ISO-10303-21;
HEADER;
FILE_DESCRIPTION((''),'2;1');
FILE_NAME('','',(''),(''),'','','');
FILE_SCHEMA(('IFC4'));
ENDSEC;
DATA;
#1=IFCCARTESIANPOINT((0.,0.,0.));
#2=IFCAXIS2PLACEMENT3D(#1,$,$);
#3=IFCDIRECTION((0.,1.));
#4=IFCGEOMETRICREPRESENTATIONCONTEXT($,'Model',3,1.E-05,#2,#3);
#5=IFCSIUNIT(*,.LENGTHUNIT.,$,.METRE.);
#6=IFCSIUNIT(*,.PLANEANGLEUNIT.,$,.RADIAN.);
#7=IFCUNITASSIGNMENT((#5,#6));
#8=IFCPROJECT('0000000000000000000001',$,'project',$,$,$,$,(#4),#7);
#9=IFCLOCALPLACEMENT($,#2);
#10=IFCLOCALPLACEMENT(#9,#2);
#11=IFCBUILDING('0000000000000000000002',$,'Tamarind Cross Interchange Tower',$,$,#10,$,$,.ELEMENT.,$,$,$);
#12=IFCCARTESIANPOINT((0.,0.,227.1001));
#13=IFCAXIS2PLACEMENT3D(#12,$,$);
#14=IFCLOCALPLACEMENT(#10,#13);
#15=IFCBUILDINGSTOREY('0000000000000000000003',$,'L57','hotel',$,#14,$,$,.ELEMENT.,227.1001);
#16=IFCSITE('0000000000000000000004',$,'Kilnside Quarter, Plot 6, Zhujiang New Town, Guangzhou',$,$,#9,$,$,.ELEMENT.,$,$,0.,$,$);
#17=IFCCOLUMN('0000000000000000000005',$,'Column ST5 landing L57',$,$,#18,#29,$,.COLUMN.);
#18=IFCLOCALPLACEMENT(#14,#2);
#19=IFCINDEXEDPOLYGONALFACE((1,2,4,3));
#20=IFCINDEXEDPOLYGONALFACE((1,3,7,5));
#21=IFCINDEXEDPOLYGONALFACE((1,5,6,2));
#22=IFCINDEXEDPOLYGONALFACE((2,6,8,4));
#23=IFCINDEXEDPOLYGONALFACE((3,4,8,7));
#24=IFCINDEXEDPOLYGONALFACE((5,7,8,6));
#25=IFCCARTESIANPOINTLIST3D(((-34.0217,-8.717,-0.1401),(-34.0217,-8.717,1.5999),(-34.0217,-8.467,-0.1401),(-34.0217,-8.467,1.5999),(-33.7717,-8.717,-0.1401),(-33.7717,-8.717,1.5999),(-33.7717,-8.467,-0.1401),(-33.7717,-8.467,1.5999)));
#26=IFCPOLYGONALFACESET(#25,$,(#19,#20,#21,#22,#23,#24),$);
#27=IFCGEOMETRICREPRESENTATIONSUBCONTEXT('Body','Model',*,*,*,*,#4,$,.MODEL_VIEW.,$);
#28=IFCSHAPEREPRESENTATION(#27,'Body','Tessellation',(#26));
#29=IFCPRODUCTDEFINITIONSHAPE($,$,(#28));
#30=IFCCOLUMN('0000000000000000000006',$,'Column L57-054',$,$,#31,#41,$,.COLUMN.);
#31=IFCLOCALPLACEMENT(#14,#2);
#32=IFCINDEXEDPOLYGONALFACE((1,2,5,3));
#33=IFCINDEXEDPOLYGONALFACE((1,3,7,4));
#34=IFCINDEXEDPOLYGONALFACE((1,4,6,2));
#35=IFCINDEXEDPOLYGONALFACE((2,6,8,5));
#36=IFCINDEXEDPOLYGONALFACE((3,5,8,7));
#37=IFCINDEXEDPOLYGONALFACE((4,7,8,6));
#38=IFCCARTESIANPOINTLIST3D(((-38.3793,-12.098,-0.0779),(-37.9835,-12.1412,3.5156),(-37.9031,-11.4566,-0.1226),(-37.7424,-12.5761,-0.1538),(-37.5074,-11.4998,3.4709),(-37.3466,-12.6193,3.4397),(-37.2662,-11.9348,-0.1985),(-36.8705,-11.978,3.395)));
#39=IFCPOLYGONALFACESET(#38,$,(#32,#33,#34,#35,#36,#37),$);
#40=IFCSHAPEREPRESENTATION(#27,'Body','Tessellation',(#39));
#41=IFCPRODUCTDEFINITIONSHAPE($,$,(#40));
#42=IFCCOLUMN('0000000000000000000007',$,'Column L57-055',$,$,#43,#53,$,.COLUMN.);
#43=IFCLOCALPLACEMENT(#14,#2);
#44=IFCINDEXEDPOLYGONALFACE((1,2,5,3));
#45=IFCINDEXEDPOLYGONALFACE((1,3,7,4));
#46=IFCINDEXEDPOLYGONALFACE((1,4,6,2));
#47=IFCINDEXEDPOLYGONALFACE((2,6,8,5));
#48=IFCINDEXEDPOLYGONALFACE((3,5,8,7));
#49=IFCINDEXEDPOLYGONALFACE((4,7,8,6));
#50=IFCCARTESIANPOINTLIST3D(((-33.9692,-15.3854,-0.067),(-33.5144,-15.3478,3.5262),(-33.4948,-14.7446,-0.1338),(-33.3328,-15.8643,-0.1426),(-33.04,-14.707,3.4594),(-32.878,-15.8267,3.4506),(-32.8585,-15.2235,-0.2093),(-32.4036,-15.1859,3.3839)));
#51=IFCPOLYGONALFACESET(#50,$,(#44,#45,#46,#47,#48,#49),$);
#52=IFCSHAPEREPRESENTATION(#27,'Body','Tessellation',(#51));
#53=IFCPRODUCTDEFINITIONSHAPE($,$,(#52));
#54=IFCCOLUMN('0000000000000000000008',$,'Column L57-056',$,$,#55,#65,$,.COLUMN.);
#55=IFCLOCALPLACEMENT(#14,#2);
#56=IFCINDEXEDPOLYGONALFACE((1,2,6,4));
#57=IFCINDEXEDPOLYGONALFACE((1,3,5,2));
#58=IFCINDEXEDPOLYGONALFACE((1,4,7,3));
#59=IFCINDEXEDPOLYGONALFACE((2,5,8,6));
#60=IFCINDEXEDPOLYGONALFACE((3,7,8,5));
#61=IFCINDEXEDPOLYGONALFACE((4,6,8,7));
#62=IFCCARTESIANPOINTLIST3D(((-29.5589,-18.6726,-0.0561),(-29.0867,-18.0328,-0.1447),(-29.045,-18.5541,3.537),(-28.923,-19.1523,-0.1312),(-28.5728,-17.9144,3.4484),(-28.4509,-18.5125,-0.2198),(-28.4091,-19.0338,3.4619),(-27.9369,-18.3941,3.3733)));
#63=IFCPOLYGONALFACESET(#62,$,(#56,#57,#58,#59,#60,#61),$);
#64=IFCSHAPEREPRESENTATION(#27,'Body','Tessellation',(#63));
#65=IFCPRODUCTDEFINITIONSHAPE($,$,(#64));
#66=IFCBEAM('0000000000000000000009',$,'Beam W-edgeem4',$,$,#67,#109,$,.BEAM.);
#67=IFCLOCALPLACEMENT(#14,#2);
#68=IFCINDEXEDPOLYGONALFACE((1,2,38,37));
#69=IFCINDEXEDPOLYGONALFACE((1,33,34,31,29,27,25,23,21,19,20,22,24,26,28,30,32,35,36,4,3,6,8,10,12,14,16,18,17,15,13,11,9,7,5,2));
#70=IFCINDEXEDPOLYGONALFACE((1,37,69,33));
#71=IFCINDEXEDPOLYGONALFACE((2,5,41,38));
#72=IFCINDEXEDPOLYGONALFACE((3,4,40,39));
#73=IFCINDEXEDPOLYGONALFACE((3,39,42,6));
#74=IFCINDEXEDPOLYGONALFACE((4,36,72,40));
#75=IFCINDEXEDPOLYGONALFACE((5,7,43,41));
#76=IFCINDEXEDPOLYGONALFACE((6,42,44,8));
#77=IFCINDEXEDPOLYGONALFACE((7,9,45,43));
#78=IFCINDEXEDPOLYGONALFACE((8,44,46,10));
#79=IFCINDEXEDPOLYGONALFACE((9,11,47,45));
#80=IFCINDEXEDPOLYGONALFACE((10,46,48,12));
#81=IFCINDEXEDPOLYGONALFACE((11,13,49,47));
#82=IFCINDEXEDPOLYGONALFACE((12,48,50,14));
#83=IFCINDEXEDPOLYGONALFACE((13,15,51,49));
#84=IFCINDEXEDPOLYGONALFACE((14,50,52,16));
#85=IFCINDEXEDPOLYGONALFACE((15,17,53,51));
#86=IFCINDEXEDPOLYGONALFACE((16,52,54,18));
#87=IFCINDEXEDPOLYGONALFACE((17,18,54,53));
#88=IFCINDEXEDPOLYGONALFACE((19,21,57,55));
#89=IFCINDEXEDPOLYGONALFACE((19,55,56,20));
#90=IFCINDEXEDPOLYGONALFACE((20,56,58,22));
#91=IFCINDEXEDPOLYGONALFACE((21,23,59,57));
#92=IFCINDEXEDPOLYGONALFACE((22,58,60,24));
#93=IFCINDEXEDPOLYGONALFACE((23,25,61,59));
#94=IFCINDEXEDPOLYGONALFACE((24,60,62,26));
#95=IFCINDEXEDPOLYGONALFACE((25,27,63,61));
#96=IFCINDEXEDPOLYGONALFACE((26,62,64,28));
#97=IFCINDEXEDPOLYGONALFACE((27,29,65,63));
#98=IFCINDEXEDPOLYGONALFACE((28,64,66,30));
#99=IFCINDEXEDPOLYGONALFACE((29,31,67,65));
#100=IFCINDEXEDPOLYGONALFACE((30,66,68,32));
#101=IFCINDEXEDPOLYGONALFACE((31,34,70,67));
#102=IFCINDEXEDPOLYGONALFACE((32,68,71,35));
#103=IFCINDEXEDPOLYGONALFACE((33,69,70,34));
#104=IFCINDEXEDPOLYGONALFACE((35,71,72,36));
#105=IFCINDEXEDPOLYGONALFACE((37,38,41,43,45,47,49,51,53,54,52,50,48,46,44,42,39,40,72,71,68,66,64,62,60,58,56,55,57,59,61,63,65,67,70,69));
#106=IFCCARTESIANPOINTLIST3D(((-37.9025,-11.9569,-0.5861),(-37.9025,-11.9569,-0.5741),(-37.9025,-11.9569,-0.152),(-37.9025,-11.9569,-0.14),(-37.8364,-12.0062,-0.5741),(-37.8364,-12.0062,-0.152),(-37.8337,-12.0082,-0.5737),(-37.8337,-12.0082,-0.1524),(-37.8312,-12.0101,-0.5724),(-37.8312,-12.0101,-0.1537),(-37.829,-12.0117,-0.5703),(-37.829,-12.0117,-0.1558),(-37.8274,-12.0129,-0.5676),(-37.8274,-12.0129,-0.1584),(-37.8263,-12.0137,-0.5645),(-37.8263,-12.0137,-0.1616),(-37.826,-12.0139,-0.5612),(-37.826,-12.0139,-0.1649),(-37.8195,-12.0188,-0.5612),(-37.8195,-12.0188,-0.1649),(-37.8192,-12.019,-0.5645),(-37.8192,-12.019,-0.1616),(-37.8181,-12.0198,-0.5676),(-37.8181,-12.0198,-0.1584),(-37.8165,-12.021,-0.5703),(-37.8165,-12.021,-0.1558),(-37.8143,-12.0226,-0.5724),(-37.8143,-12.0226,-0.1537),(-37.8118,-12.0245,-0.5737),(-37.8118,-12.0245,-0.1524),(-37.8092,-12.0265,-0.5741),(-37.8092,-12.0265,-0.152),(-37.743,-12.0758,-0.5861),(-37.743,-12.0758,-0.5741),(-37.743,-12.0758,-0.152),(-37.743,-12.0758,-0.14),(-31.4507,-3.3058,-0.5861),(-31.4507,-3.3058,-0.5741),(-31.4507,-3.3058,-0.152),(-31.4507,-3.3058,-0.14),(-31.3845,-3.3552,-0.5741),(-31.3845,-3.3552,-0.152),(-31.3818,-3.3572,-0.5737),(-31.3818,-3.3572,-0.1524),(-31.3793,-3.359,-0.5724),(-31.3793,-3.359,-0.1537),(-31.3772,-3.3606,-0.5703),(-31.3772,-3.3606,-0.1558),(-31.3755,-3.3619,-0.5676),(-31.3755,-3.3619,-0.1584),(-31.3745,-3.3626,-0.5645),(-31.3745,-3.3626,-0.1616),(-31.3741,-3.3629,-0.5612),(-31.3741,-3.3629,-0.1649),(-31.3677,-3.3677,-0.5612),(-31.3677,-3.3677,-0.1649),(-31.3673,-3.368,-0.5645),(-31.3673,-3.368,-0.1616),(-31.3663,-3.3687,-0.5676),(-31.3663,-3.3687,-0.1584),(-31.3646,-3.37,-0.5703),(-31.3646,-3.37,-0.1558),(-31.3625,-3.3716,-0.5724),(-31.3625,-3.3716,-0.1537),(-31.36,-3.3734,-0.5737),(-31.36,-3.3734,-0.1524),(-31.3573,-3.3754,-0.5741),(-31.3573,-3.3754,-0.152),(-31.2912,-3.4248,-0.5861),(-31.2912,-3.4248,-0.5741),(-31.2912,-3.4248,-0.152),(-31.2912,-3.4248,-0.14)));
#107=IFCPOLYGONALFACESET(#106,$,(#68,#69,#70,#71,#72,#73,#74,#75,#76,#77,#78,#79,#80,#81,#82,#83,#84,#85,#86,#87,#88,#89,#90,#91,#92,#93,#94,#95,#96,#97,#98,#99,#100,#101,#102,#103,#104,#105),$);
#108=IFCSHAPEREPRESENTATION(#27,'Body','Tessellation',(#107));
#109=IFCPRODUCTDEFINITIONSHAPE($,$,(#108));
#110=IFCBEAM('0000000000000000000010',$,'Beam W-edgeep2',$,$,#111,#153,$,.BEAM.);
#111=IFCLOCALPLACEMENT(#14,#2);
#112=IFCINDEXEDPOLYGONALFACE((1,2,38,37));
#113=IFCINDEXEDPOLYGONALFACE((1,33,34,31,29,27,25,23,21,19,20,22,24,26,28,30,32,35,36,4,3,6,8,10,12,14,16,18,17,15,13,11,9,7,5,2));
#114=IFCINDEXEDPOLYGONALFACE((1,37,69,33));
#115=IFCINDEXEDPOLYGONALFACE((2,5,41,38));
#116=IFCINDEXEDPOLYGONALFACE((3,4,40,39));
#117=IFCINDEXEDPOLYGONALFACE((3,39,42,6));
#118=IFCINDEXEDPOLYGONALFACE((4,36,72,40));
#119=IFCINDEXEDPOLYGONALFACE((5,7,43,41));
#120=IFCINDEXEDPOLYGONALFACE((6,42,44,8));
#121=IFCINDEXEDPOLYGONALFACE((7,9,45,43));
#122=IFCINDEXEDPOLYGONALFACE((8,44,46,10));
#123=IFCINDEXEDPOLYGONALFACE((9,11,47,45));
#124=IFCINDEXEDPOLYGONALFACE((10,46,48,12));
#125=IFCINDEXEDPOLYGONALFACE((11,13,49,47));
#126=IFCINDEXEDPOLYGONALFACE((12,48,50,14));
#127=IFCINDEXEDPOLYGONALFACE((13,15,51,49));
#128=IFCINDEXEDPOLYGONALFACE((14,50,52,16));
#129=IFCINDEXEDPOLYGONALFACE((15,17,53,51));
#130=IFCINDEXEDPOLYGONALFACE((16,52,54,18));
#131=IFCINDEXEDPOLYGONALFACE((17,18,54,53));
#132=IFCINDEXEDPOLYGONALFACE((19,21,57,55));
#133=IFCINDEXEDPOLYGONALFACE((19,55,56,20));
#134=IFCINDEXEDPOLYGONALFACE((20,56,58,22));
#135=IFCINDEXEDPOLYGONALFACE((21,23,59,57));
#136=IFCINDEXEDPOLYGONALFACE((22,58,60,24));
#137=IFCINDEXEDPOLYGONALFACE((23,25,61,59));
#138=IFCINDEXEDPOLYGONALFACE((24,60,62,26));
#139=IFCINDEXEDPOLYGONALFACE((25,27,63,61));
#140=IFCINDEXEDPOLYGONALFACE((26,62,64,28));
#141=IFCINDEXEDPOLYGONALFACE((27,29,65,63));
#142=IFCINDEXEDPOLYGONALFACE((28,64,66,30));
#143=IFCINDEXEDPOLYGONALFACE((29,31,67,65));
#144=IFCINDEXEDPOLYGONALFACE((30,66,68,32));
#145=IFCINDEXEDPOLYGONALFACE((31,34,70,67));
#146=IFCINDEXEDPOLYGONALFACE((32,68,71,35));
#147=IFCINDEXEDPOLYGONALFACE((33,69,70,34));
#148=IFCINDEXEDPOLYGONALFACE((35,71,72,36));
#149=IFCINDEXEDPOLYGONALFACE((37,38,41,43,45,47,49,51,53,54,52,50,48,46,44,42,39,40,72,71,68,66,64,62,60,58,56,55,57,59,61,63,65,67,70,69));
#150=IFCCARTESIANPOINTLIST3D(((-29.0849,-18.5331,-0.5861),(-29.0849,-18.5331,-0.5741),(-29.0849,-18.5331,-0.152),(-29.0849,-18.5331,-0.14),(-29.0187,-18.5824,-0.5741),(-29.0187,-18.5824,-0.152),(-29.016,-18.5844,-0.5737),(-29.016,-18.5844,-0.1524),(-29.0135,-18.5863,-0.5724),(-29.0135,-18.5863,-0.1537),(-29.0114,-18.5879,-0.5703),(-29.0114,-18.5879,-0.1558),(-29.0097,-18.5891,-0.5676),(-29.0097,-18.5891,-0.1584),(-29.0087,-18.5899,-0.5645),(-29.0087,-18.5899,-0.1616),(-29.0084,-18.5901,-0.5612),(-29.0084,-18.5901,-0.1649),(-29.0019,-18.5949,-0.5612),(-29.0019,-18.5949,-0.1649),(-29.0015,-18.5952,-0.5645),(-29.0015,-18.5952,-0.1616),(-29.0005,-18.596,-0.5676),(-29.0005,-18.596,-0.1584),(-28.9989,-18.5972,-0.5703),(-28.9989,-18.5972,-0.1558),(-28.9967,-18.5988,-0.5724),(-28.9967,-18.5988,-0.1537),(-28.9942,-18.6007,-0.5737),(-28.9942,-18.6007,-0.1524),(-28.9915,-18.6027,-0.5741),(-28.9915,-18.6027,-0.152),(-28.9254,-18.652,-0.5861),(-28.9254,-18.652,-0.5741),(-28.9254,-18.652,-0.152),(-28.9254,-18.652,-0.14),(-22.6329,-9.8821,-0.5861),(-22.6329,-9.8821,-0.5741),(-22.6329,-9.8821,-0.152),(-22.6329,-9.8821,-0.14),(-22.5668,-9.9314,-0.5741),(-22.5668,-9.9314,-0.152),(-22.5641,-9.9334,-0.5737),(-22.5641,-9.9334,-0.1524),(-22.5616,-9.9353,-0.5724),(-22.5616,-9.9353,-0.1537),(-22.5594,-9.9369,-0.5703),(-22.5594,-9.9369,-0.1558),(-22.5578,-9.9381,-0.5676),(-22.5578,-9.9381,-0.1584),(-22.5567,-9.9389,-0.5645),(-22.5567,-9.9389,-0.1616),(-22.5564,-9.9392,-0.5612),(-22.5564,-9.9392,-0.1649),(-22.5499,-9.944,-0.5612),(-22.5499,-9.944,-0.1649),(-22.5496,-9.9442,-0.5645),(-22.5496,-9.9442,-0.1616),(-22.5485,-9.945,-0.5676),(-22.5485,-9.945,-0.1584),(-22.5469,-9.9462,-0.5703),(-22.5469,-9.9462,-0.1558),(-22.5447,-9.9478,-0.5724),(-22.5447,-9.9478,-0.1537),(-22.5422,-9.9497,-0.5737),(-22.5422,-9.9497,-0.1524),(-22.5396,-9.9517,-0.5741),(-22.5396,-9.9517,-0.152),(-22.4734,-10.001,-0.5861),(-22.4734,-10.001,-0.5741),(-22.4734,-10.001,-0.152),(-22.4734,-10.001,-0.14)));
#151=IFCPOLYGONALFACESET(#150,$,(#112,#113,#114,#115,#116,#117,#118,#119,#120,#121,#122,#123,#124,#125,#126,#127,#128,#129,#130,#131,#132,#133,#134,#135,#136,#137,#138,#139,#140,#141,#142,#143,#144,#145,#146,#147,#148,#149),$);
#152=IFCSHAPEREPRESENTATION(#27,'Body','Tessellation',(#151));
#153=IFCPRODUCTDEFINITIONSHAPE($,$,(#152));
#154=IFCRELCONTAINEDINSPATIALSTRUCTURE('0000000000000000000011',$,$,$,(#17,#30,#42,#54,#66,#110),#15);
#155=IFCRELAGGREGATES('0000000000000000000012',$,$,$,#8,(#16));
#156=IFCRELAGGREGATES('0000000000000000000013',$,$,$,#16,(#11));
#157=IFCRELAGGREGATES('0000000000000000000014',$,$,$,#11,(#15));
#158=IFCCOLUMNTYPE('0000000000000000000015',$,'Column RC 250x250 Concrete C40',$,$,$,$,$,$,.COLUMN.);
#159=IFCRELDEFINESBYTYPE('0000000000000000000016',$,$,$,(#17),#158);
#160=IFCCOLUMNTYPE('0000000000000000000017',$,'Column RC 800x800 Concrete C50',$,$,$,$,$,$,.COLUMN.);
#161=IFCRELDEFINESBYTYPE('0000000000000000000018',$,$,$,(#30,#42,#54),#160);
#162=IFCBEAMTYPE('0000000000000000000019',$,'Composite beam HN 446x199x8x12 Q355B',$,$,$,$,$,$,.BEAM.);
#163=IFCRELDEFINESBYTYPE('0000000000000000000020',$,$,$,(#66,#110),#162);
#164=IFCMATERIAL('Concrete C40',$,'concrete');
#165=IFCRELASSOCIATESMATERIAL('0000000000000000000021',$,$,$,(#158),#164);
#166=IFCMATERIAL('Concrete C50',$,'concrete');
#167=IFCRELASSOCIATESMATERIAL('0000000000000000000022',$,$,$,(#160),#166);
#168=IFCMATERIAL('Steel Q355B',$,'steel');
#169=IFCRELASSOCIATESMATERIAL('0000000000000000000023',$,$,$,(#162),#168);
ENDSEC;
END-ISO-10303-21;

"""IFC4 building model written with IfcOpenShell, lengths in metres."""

from ifc_helpers import new_model, si_unit, direction, frame, origin, origin_2d, place, context, subcontext, project, spatial, rectangle, i_section, extrude, material, material_profile, profile_set, type_object, element, save


model = new_model("IFC4")

# Units and contexts
model_context = context("Model", 3, precision=1e-05, world=origin(), true_north=direction((0.0, 1.0)))
body_context = subcontext(model_context, "Body", "Model", "MODEL_VIEW")
ifc_project = project(units=[si_unit("LENGTHUNIT", "METRE"), si_unit("PLANEANGLEUNIT", "RADIAN")], contexts=[model_context])

# Site, building, storey
site_placement = place(None, origin())
site = spatial("IfcSite", under=ifc_project, at=site_placement, Name="Kilnside Quarter, Plot 6, Zhujiang New Town, Guangzhou", CompositionType="ELEMENT", RefElevation=0.0)
building_placement = place(site_placement, origin())
building = spatial("IfcBuilding", under=site, at=building_placement, Name="Tamarind Cross Interchange Tower", CompositionType="ELEMENT")
storey_placement = place(building_placement, frame((0.0, 0.0, 227.1001)))
storey = spatial("IfcBuildingStorey", under=building, at=storey_placement, Name="L57", Description="hotel", CompositionType="ELEMENT", Elevation=227.1001)

# Columns
ifc_material_1 = material(Name="Concrete C40", Category="concrete")
ifc_material_profile_1 = material_profile(ifc_material_1, rectangle(XDim=0.25, YDim=0.25, at=origin_2d()), Name="RC 250x250")
ifc_profile_set_1 = profile_set([ifc_material_profile_1], Name="Concrete C40")
column_type_1 = type_object("IfcColumnType", Name="Column RC 250x250 Concrete C40", PredefinedType="COLUMN", material=ifc_profile_set_1)
column_1_placement = place(storey_placement, frame((-33.8967, -8.592, -0.1401), z_axis=(0.0, 0.0, 1.0), x_axis=(1.0, 0.0, 0.0)))
element("IfcColumn", 1, at=column_1_placement, inside=storey, type_object=column_type_1, Name="Column ST5 landing L57", PredefinedType="COLUMN", context=body_context, shape_type="SweptSolid", body=[
    extrude(rectangle(XDim=0.25, YDim=0.25, at=origin_2d()), origin(), (0.0, 0.0, 1.0), 1.74),
])
ifc_material_2 = material(Name="Concrete C50", Category="concrete")
ifc_material_profile_2 = material_profile(ifc_material_2, rectangle(XDim=0.8, YDim=0.8, at=origin_2d()), Name="RC 800x800")
ifc_profile_set_2 = profile_set([ifc_material_profile_2], Name="Concrete C50")
column_type_2 = type_object("IfcColumnType", Name="Column RC 800x800 Concrete C50", PredefinedType="COLUMN", material=ifc_profile_set_2)
column_2_placement = place(storey_placement, frame((-37.8228, -12.0164, -0.1382), z_axis=(0.10946, -0.011952, 0.993919), x_axis=(-0.796117, 0.597662, 0.094863)))
element("IfcColumn", 2, at=column_2_placement, inside=storey, type_object=column_type_2, Name="Column L57-054", PredefinedType="COLUMN", context=body_context, shape_type="SweptSolid", body=[
    extrude(rectangle(XDim=0.8, YDim=0.8, at=origin_2d()), origin(), (0.0, 0.0, 1.0), 3.6155),
])
column_3_placement = place(storey_placement, frame((-33.4138, -15.3044, -0.1382), z_axis=(0.125571, 0.01038, 0.99203), x_axis=(-0.795436, 0.598637, 0.094422)))
element("IfcColumn", 3, at=column_3_placement, inside=storey, type_object=column_type_2, Name="Column L57-055", PredefinedType="COLUMN", context=body_context, shape_type="SweptSolid", body=[
    extrude(rectangle(XDim=0.8, YDim=0.8, at=origin_2d()), origin(), (0.0, 0.0, 1.0), 3.6221),
])
column_4_placement = place(storey_placement, frame((-29.0049, -18.5925, -0.1379), z_axis=(0.141516, 0.032606, 0.989399), x_axis=(-0.794776, 0.599592, 0.093919)))
element("IfcColumn", 4, at=column_4_placement, inside=storey, type_object=column_type_2, Name="Column L57-056", PredefinedType="COLUMN", context=body_context, shape_type="SweptSolid", body=[
    extrude(rectangle(XDim=0.8, YDim=0.8, at=origin_2d()), origin(), (0.0, 0.0, 1.0), 3.6316),
])

# Beams
ifc_material_3 = material(Name="Steel Q355B", Category="steel")
ifc_material_profile_3 = material_profile(ifc_material_3, i_section(OverallWidth=0.199, OverallDepth=0.446, WebThickness=0.0081, FlangeThickness=0.012, FilletRadius=0.0129, at=origin_2d()), Name="HN 446x199x8x12")
ifc_profile_set_3 = profile_set([ifc_material_profile_3], Name="Steel Q355B")
beam_type_1 = type_object("IfcBeamType", Name="Composite beam HN 446x199x8x12 Q355B", PredefinedType="BEAM", material=ifc_profile_set_3)
for number, where, z_axis, x_axis, name in (
    (5, (-37.8228, -12.0164, -0.363), (0.597837, 0.801618, 0.0), (-0.801618, 0.597837, 0.0), "Beam W-edgeem4"),
    (6, (-29.0051, -18.5925, -0.363), (0.597848, 0.80161, 0.0), (-0.80161, 0.597848, 0.0), "Beam W-edgeep2"),
):
    element("IfcBeam", number, at=place(storey_placement, frame(where, z_axis=z_axis, x_axis=x_axis)), inside=storey, type_object=beam_type_1, Name=name, PredefinedType="BEAM", context=body_context, shape_type="SweptSolid", body=[
        extrude(i_section(OverallWidth=0.199, OverallDepth=0.446, WebThickness=0.0081, FlangeThickness=0.012, FilletRadius=0.0129, at=origin_2d()), origin(), (0.0, 0.0, 1.0), 10.792),
    ])

save(model, "model.ifc")
